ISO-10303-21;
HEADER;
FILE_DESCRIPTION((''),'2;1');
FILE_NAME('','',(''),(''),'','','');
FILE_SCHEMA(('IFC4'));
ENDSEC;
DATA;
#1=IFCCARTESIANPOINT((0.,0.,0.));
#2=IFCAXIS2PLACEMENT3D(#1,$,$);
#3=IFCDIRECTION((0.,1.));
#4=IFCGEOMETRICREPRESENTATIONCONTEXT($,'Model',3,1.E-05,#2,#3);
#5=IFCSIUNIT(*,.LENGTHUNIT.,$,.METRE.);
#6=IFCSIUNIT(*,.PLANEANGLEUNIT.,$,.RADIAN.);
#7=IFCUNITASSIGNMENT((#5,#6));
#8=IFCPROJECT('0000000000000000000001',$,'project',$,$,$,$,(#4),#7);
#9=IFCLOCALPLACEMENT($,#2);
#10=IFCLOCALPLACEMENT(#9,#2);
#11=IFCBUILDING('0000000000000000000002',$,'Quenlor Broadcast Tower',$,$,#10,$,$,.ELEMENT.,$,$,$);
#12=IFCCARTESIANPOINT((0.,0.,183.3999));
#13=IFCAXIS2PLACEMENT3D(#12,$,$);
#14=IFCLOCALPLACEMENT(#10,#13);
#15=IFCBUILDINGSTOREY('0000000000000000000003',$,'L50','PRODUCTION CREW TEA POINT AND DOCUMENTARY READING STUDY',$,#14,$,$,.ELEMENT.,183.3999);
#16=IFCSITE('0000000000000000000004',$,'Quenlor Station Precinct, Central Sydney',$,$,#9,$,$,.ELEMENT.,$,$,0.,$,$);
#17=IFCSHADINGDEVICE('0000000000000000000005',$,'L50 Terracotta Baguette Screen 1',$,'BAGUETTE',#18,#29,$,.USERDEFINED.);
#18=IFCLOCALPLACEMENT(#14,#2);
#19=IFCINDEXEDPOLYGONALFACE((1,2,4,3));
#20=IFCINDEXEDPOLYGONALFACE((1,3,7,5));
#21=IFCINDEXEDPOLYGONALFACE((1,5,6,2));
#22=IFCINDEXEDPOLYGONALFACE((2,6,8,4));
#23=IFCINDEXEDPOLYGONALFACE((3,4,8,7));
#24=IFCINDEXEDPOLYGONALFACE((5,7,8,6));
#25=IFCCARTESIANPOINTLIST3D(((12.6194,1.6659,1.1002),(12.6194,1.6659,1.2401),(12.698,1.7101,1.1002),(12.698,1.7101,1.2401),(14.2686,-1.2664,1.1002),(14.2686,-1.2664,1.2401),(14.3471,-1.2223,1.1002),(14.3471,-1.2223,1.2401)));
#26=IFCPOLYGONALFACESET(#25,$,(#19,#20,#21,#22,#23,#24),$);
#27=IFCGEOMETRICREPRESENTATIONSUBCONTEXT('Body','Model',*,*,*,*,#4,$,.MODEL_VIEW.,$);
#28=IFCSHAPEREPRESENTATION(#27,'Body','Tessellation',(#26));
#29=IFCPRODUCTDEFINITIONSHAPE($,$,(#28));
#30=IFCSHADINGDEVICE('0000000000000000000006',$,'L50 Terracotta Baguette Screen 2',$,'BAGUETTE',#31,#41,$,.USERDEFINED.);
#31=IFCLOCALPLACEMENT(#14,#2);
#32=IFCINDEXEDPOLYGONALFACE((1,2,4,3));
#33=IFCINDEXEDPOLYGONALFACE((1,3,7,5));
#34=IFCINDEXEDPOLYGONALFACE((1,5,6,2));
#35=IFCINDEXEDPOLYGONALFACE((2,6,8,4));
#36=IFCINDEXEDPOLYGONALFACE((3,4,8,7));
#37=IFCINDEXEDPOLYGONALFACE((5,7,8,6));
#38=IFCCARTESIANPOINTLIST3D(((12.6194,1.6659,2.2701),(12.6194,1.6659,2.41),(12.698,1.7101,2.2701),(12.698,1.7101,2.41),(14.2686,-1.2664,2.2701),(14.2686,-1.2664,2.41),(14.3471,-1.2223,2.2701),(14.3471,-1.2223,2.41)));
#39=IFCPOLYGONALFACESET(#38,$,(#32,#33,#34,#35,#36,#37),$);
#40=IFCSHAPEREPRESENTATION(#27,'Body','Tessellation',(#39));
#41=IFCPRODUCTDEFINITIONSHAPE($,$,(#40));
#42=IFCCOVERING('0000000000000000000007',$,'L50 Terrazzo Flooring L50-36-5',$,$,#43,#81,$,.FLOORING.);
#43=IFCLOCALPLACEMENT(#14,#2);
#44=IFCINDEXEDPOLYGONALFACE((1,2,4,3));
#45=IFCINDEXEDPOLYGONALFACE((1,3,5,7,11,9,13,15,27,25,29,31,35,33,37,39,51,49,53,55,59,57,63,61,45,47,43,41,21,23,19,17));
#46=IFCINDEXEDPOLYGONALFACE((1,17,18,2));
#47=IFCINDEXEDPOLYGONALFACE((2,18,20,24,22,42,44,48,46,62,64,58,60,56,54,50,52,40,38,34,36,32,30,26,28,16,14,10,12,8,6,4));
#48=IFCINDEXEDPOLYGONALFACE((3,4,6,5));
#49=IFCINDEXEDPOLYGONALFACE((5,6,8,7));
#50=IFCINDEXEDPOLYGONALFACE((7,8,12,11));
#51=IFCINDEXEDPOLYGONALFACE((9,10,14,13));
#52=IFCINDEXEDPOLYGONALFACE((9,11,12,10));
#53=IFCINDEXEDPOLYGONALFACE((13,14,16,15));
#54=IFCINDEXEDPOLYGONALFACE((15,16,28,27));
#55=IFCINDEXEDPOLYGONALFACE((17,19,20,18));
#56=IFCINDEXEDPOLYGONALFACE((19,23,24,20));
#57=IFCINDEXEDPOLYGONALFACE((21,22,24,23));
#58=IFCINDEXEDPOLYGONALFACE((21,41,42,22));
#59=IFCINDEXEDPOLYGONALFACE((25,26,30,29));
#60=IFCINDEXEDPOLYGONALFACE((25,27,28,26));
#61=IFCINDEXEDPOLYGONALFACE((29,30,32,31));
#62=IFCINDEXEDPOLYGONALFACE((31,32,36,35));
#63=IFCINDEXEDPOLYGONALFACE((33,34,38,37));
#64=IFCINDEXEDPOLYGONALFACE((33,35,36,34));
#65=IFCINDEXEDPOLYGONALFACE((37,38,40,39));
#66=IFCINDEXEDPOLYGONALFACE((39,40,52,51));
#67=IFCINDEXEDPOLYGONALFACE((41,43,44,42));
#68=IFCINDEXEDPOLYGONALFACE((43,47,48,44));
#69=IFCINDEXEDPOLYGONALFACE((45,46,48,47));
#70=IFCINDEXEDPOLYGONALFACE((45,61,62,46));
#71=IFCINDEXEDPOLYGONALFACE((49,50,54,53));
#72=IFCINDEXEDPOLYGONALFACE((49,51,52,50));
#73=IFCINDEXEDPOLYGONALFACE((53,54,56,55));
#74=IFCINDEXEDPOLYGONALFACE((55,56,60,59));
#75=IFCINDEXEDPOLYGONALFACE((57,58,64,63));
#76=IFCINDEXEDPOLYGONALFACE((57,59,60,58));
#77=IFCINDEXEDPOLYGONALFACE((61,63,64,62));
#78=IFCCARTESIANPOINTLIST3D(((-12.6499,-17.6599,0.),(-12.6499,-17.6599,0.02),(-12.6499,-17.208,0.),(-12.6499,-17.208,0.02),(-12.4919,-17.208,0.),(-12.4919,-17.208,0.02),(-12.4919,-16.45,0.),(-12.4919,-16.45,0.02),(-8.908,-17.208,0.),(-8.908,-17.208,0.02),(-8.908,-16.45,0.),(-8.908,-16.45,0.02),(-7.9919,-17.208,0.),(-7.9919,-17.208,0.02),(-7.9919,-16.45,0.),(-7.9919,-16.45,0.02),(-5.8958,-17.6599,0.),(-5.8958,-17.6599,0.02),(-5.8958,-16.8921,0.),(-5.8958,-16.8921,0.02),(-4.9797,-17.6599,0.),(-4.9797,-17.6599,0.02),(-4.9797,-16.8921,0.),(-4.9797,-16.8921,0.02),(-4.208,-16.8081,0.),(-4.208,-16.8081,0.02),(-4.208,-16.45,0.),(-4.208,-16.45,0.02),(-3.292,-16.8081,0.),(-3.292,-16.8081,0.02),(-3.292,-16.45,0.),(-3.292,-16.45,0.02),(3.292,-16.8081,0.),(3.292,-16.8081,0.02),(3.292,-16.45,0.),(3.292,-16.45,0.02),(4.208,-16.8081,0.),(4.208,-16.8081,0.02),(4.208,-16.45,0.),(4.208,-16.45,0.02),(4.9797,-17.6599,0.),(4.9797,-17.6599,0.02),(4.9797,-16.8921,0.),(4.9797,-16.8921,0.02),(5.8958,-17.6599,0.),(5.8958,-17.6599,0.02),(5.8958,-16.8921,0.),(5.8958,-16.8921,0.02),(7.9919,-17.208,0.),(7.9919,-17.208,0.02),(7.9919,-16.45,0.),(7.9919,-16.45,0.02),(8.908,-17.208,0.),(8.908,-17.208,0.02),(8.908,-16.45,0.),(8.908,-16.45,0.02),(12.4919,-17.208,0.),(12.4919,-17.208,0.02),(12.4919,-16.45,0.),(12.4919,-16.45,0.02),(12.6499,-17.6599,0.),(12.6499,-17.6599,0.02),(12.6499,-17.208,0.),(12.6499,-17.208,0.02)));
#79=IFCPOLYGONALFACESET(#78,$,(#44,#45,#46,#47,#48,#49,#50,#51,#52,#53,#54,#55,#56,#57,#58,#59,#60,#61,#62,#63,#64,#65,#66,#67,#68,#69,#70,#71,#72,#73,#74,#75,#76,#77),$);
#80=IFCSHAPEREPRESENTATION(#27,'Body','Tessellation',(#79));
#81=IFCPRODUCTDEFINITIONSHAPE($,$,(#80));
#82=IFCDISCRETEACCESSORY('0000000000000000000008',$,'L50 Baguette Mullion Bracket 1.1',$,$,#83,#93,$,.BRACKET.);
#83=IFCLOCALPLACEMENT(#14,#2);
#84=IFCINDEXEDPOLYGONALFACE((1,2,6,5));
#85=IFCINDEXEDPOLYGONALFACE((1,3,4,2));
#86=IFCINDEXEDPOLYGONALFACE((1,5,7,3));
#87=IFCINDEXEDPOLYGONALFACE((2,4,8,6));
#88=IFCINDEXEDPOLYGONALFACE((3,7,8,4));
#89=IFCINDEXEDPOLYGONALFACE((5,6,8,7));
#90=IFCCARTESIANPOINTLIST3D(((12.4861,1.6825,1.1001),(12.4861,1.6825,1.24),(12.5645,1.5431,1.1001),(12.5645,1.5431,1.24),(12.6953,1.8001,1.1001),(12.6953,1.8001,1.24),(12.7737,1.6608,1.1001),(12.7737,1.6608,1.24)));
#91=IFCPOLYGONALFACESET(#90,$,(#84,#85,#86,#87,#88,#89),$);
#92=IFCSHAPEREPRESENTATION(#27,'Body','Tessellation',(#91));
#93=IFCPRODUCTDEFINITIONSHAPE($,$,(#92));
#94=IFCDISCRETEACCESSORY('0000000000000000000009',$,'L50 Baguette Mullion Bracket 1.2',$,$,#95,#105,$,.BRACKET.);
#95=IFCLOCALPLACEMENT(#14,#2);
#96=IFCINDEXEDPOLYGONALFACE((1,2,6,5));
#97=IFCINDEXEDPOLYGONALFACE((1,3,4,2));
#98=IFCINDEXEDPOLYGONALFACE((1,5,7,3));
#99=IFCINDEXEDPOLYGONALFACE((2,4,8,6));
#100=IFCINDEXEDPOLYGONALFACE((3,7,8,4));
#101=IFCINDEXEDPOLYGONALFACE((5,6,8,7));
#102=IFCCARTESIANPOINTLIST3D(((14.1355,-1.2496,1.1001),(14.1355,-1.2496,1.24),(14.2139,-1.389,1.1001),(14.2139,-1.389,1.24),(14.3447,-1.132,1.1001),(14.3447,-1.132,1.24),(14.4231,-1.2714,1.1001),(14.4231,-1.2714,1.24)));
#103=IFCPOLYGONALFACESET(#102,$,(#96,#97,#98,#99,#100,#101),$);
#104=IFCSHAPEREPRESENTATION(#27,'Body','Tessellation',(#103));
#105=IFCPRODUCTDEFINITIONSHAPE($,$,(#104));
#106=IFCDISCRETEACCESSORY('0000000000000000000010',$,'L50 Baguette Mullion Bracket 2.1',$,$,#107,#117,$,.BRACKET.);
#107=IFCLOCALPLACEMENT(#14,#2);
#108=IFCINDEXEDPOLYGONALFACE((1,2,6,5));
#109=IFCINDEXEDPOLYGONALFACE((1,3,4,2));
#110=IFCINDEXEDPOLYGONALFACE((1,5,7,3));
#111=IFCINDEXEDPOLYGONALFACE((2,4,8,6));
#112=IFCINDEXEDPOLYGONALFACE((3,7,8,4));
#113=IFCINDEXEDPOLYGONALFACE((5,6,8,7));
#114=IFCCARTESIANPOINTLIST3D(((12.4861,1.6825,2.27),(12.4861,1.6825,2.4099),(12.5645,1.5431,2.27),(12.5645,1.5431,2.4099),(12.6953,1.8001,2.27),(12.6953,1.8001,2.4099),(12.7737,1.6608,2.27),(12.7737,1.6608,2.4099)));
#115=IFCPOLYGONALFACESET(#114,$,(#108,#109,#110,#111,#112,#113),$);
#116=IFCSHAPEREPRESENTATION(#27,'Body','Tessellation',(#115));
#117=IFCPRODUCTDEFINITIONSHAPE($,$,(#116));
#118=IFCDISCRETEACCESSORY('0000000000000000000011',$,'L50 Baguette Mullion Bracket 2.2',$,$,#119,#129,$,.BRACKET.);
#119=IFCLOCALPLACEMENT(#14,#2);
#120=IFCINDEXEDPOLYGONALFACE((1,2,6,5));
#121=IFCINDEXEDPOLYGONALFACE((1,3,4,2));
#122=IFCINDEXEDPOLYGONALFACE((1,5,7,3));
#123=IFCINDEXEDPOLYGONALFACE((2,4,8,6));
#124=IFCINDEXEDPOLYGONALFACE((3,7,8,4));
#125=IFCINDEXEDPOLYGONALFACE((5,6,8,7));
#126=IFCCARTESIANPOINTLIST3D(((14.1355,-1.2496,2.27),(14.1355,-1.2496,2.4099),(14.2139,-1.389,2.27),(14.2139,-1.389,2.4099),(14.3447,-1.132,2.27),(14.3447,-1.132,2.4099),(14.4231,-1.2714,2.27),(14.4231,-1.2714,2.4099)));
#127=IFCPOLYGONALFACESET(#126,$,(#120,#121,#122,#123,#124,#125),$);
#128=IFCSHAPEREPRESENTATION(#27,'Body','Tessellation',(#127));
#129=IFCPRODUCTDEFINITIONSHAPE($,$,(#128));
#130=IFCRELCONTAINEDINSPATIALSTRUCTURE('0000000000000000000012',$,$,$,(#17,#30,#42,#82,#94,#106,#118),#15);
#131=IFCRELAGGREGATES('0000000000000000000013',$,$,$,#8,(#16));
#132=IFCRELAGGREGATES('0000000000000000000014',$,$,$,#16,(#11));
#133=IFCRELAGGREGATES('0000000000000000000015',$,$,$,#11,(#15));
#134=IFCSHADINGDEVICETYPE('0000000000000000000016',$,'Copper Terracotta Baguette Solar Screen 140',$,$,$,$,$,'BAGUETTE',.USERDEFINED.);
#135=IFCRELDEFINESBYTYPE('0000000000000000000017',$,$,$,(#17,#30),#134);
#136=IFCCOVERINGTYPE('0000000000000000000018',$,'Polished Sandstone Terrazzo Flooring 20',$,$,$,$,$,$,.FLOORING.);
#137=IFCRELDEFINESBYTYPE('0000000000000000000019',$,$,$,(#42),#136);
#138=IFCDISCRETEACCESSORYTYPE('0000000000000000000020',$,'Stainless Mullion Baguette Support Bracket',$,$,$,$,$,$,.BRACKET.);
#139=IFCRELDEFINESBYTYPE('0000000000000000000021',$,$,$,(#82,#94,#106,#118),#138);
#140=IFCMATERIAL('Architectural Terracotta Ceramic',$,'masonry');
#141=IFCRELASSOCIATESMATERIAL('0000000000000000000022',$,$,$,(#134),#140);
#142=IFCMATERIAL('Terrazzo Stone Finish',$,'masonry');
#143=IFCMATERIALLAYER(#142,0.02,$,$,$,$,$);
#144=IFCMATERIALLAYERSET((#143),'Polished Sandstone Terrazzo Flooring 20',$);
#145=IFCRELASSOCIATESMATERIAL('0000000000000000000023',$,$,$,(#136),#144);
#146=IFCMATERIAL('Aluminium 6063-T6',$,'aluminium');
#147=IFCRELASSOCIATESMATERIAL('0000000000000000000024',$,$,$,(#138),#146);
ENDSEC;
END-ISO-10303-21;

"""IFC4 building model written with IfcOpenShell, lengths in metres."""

from ifc_helpers import new_model, si_unit, direction, frame, origin, origin_2d, place, context, subcontext, project, spatial, polyline, rectangle, outline, extrude, material, layer, layer_set, material_profile, profile_set, type_object, element, save


model = new_model("IFC4")

# Units and contexts
model_context = context("Model", 3, precision=1e-05, world=origin(), true_north=direction((0.0, 1.0)))
body_context = subcontext(model_context, "Body", "Model", "MODEL_VIEW")
ifc_project = project(units=[si_unit("LENGTHUNIT", "METRE"), si_unit("PLANEANGLEUNIT", "RADIAN")], contexts=[model_context])

# Site, building, storey
site_placement = place(None, origin())
site = spatial("IfcSite", under=ifc_project, at=site_placement, Name="Quenlor Station Precinct, Central Sydney", CompositionType="ELEMENT", RefElevation=0.0)
building_placement = place(site_placement, origin())
building = spatial("IfcBuilding", under=site, at=building_placement, Name="Quenlor Broadcast Tower", CompositionType="ELEMENT")
storey_placement = place(building_placement, frame((0.0, 0.0, 183.3999)))
storey = spatial("IfcBuildingStorey", under=building, at=storey_placement, Name="L50", Description="PRODUCTION CREW TEA POINT AND DOCUMENTARY READING STUDY", CompositionType="ELEMENT", Elevation=183.3999)

# Shading devices
ifc_material_1 = material(Name="Architectural Terracotta Ceramic", Category="masonry")
ifc_material_profile_1 = material_profile(ifc_material_1, rectangle(XDim=0.0901, YDim=0.1399, at=origin_2d()))
ifc_profile_set_1 = profile_set([ifc_material_profile_1], Name="Architectural Terracotta Ceramic BAG90x140")
shading_device_type = type_object("IfcShadingDeviceType", Name="Copper Terracotta Baguette Solar Screen 140", ElementType="BAGUETTE", PredefinedType="USERDEFINED", material=ifc_profile_set_1)
for number, where, z_axis, x_axis, name in (
    (1, (12.6587, 1.688, 1.1702), (0.490196, -0.871612, 0.0), (0.871612, 0.490196, 0.0), "L50 Terracotta Baguette Screen 1"),
    (2, (12.6587, 1.688, 2.3401), (0.490196, -0.871612, 0.0), (0.871612, 0.490196, 0.0), "L50 Terracotta Baguette Screen 2"),
):
    element("IfcShadingDevice", number, at=place(storey_placement, frame(where, z_axis=z_axis, x_axis=x_axis)), inside=storey, type_object=shading_device_type, Name=name, ObjectType="BAGUETTE", PredefinedType="USERDEFINED", context=body_context, shape_type="SweptSolid", body=[
        extrude(rectangle(XDim=0.0901, YDim=0.1399, at=origin_2d()), origin(), (0.0, 0.0, 1.0), 3.3643),
    ])

# Covering
ifc_material_2 = material(Name="Terrazzo Stone Finish", Category="masonry")
ifc_layer_1 = layer(ifc_material_2, 0.02)
ifc_layer_set_1 = layer_set([ifc_layer_1], Name="Polished Sandstone Terrazzo Flooring 20")
covering_type = type_object("IfcCoveringType", Name="Polished Sandstone Terrazzo Flooring 20", PredefinedType="FLOORING", material=ifc_layer_set_1)
covering_placement = place(storey_placement, origin())
element("IfcCovering", 3, at=covering_placement, inside=storey, type_object=covering_type, Name="L50 Terrazzo Flooring L50-36-5", PredefinedType="FLOORING", context=body_context, shape_type="SweptSolid", body=[
    extrude(outline(polyline([(-12.4919, -17.208), (-12.4919, -16.45), (-8.908, -16.45), (-8.908, -17.208), (-7.9919, -17.208), (-7.9919, -16.45), (-4.208, -16.45), (-4.208, -16.8081), (-3.292, -16.8081), (-3.292, -16.45), (3.292, -16.45), (3.292, -16.8081), (4.208, -16.8081), (4.208, -16.45), (7.9919, -16.45), (7.9919, -17.208), (8.908, -17.208), (8.908, -16.45), (12.4919, -16.45), (12.4919, -17.208), (12.6499, -17.208), (12.6499, -17.6599), (5.8958, -17.6599), (5.8958, -16.8921), (4.9797, -16.8921), (4.9797, -17.6599), (-4.9797, -17.6599), (-4.9797, -16.8921), (-5.8958, -16.8921), (-5.8958, -17.6599), (-12.6499, -17.6599), (-12.6499, -17.208), (-12.4919, -17.208)])), origin(), (0.0, 0.0, 1.0), 0.02),
])

# Discrete accessories
ifc_material_3 = material(Name="Aluminium 6063-T6", Category="aluminium")
discrete_accessory_type = type_object("IfcDiscreteAccessoryType", Name="Stainless Mullion Baguette Support Bracket", PredefinedType="BRACKET", material=ifc_material_3)
for number, where, z_axis, x_axis, name in (
    (4, (12.6299, 1.6716, 1.1001), (0.0, 0.0, 1.0), (0.490257, -0.871578, 0.0), "L50 Baguette Mullion Bracket 1.1"),
    (5, (14.2793, -1.2605, 1.1001), (0.0, 0.0, 1.0), (0.490257, -0.871578, 0.0), "L50 Baguette Mullion Bracket 1.2"),
    (6, (12.6299, 1.6716, 2.27), (0.0, 0.0, 1.0), (0.490257, -0.871578, 0.0), "L50 Baguette Mullion Bracket 2.1"),
    (7, (14.2793, -1.2605, 2.27), (0.0, 0.0, 1.0), (0.490257, -0.871578, 0.0), "L50 Baguette Mullion Bracket 2.2"),
):
    element("IfcDiscreteAccessory", number, at=place(storey_placement, frame(where, z_axis=z_axis, x_axis=x_axis)), inside=storey, type_object=discrete_accessory_type, Name=name, PredefinedType="BRACKET", context=body_context, shape_type="SweptSolid", body=[
        extrude(rectangle(XDim=0.1599, YDim=0.24, at=origin_2d()), origin(), (0.0, 0.0, 1.0), 0.1399),
    ])

save(model, "model.ifc")
